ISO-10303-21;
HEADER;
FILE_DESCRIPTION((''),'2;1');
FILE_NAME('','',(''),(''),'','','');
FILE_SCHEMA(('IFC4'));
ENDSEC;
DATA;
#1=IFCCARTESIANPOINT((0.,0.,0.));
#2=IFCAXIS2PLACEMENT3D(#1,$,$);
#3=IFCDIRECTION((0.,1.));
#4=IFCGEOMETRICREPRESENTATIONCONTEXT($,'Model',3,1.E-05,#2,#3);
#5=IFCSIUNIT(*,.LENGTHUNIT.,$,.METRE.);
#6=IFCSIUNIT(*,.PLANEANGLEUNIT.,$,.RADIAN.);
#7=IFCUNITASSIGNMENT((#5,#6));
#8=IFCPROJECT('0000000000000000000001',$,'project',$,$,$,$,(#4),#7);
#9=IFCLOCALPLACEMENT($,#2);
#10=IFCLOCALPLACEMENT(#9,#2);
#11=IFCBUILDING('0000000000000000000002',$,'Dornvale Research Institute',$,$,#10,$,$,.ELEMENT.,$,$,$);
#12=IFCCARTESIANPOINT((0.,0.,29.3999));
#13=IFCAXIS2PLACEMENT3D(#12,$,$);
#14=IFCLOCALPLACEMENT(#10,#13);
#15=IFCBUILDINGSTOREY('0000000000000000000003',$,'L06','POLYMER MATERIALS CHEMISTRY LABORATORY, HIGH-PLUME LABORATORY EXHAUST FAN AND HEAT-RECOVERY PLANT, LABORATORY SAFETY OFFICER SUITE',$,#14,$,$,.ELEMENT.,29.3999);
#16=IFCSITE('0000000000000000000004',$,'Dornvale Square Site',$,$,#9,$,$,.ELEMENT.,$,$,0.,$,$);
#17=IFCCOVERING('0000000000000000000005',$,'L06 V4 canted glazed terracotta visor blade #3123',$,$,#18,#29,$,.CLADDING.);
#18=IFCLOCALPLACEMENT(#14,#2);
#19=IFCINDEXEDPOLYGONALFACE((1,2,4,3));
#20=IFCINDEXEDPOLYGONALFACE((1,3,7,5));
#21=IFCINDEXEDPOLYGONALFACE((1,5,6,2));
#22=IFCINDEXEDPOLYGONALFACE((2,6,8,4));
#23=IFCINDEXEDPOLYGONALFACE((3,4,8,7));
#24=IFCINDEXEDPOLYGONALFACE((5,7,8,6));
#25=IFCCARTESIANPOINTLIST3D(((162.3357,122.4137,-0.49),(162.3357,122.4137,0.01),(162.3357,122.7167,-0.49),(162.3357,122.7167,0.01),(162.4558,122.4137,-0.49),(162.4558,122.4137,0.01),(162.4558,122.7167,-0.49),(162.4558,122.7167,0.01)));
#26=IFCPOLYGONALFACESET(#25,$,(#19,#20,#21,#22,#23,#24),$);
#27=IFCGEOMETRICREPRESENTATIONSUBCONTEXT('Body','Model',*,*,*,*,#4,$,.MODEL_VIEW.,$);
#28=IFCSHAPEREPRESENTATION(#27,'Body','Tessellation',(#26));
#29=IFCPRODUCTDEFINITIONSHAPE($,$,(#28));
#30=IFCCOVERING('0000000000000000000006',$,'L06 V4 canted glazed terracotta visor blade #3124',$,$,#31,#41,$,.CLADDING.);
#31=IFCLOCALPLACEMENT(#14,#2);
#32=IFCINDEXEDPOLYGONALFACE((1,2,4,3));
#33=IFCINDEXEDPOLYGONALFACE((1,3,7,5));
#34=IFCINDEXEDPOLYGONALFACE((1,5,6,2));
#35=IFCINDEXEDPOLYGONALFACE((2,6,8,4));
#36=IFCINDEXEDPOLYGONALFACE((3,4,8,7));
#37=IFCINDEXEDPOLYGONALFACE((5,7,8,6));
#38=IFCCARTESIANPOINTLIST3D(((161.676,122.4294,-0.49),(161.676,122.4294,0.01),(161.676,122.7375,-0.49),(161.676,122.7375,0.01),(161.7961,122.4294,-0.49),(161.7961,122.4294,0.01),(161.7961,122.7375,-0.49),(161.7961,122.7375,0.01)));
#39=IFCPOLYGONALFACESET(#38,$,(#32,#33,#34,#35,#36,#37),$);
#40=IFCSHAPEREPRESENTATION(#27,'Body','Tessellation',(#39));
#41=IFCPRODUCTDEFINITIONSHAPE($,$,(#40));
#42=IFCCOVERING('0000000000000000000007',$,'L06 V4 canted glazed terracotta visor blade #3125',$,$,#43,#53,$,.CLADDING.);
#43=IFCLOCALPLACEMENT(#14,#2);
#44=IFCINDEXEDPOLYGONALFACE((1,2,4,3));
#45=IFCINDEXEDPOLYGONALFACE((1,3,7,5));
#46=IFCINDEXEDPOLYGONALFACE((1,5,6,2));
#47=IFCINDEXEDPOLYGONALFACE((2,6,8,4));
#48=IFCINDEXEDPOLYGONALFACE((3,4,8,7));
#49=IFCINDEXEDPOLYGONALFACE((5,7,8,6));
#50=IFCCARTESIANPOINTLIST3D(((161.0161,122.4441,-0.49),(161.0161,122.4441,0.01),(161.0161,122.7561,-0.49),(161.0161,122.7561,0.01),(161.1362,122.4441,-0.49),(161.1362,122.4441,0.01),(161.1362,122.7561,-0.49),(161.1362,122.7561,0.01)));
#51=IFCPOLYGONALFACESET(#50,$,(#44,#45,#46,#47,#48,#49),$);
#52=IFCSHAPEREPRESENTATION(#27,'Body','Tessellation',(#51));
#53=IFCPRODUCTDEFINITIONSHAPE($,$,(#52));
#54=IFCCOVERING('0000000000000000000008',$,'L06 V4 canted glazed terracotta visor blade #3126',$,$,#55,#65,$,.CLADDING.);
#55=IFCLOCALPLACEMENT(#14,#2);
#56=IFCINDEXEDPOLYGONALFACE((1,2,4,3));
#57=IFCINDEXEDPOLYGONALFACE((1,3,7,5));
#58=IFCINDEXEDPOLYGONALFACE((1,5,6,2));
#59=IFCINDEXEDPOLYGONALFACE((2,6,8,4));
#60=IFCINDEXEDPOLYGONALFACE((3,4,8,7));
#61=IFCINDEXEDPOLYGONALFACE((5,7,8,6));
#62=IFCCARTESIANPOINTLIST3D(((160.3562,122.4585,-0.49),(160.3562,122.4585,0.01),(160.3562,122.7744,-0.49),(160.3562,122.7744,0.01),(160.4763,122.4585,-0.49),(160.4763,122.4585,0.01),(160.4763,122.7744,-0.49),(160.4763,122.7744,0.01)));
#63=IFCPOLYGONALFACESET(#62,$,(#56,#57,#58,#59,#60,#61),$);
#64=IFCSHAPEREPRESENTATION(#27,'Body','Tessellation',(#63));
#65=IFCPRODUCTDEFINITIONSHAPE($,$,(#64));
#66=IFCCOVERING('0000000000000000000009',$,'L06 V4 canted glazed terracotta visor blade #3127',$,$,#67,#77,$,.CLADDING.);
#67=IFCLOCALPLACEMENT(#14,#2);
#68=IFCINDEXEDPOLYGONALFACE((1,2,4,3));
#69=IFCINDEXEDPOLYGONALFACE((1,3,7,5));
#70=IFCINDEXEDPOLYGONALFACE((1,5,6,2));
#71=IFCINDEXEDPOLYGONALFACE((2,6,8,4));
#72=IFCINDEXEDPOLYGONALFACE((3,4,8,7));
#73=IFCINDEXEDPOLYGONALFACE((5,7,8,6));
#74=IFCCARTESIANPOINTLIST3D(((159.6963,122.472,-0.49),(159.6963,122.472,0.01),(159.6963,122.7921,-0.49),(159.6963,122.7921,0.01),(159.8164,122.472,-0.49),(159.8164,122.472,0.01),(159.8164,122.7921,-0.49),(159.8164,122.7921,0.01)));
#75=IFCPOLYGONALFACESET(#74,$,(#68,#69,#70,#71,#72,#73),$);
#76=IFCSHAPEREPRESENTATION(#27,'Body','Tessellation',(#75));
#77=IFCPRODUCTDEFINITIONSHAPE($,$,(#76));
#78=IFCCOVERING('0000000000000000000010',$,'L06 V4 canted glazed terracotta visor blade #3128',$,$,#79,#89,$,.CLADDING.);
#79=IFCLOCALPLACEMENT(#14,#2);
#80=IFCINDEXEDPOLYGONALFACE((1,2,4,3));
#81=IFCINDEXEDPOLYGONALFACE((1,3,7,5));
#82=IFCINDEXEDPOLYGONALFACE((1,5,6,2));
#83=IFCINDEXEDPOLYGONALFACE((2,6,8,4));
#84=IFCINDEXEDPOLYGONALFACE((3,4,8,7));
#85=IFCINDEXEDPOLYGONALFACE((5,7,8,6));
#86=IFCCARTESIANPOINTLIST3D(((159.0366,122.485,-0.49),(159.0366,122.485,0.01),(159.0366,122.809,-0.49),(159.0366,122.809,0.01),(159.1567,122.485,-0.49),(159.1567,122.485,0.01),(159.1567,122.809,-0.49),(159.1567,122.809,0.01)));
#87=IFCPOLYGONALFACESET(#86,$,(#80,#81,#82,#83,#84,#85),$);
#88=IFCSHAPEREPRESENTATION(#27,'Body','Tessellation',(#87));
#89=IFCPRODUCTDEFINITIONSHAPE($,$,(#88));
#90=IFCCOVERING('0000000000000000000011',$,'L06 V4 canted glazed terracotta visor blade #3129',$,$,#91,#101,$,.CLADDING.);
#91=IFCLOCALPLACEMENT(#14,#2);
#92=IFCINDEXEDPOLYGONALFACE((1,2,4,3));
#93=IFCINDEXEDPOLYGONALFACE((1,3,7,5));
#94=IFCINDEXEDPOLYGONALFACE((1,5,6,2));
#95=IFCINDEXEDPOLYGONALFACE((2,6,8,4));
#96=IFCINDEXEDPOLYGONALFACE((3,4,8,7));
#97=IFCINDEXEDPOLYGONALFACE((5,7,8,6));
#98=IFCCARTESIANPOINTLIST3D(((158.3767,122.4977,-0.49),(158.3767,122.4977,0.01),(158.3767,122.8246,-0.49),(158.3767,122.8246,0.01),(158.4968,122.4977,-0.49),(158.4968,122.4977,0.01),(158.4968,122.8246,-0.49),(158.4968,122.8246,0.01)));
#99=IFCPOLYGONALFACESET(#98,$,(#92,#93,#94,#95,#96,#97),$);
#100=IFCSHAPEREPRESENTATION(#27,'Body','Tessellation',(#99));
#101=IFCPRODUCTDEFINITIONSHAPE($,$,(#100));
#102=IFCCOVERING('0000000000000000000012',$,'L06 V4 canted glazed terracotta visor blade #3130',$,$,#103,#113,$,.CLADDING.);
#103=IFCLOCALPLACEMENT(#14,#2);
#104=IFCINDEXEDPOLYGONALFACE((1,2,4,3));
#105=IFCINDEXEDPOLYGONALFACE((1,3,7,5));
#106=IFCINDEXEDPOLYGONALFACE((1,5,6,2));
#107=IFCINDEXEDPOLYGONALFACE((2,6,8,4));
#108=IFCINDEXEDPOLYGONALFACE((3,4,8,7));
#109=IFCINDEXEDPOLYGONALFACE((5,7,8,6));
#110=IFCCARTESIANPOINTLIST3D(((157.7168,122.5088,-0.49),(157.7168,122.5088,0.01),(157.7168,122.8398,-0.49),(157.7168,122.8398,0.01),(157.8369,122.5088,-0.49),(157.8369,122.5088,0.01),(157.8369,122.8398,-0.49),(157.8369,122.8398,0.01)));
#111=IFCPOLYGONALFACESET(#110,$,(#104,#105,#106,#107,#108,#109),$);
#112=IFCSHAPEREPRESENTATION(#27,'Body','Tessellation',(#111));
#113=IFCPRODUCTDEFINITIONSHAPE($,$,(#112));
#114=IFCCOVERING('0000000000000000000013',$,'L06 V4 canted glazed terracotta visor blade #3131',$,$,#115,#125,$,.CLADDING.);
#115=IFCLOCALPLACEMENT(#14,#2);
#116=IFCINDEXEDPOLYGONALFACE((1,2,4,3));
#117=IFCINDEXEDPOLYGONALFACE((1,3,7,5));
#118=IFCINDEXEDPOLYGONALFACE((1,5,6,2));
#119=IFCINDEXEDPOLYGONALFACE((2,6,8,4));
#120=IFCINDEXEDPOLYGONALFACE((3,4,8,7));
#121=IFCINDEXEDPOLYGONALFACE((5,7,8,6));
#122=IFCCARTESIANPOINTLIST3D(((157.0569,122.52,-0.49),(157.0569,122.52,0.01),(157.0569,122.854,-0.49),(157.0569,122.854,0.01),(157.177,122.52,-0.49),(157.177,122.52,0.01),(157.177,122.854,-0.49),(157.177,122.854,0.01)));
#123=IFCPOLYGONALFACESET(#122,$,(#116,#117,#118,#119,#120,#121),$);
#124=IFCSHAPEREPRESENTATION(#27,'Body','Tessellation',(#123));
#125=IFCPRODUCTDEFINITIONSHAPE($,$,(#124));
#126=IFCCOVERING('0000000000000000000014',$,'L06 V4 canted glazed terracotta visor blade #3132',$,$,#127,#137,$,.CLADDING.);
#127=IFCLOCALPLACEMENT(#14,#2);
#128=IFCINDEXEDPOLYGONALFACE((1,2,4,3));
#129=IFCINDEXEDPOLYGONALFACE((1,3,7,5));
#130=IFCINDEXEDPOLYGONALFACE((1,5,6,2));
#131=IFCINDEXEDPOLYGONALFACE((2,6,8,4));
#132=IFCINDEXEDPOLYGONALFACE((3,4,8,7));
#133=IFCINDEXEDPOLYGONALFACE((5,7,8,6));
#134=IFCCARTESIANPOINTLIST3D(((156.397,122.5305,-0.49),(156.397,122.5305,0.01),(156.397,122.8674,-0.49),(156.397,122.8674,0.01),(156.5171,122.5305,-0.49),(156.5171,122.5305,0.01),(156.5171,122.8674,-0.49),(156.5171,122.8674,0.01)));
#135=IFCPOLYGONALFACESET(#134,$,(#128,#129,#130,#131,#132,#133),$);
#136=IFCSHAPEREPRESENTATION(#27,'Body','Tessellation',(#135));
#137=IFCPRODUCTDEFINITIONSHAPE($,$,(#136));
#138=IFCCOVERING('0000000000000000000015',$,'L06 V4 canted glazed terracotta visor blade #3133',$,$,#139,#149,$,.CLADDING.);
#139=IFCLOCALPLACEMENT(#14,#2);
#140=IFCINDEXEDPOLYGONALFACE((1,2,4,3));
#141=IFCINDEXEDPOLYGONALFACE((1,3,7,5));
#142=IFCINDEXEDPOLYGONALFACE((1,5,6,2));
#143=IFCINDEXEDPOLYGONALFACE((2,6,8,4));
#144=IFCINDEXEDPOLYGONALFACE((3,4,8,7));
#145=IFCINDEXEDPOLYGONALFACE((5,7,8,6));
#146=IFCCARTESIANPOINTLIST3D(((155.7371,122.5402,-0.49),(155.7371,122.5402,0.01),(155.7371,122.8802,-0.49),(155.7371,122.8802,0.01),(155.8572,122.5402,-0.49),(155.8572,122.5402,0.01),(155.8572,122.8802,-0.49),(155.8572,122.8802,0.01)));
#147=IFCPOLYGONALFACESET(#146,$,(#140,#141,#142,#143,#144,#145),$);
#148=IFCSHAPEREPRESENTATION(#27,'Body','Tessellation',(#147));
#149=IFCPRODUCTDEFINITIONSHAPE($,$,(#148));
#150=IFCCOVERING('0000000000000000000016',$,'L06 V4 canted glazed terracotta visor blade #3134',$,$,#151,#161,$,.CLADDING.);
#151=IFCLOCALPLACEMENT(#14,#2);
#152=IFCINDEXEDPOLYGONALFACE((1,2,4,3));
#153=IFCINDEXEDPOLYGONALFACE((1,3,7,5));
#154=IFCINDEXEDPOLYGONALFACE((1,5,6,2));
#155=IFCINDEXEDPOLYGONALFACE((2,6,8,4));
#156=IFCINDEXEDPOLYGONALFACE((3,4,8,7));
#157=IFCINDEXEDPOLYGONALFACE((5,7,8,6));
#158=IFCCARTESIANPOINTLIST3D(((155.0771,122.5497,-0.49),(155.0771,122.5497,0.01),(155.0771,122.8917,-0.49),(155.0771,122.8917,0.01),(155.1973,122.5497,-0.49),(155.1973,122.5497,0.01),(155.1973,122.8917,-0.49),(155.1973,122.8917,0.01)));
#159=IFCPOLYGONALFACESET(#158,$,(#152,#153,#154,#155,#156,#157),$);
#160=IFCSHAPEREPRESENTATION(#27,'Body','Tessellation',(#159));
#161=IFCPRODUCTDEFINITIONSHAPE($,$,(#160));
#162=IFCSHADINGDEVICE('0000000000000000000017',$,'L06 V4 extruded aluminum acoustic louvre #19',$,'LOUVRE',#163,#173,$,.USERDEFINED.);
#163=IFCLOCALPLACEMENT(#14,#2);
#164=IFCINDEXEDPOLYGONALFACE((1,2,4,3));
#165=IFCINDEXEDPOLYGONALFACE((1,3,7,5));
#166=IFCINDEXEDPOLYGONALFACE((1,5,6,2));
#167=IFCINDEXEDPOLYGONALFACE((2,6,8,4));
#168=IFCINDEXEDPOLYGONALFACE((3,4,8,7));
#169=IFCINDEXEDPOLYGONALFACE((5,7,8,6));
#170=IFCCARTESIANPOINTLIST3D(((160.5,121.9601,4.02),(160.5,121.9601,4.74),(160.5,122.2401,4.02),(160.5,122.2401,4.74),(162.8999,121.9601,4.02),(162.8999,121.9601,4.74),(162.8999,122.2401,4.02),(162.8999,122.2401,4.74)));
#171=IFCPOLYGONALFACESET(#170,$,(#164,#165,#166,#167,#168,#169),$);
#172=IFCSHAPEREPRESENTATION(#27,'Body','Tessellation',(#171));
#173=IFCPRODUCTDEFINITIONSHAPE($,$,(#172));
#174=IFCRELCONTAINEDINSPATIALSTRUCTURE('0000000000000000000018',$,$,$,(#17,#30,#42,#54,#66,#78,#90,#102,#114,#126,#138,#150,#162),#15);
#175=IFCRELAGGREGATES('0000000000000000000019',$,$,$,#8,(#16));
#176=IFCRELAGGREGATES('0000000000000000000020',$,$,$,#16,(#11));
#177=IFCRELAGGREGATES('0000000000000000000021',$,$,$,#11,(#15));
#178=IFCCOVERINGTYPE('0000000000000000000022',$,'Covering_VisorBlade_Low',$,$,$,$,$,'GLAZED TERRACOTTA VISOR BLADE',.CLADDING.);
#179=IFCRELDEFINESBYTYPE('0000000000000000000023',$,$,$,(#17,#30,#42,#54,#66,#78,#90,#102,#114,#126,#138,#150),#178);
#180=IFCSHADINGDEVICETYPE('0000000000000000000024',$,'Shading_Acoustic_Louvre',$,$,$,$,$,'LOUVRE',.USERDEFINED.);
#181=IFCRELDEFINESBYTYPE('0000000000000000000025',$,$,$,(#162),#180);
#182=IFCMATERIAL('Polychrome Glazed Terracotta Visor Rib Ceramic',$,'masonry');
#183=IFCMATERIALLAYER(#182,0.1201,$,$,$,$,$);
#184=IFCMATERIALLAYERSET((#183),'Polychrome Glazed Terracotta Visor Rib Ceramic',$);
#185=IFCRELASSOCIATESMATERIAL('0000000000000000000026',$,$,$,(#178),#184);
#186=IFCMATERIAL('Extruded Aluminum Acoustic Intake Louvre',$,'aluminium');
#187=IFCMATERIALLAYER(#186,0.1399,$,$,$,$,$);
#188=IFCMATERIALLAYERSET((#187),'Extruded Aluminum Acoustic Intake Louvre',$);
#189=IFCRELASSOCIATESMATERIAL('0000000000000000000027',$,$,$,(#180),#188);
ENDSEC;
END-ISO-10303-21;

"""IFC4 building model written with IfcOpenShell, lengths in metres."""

from ifc_helpers import new_model, si_unit, direction, frame, origin, origin_2d, place, context, subcontext, project, spatial, rectangle, extrude, material, layer, layer_set, type_object, element, save


model = new_model("IFC4")

# Units and contexts
model_context = context("Model", 3, precision=1e-05, world=origin(), true_north=direction((0.0, 1.0)))
body_context = subcontext(model_context, "Body", "Model", "MODEL_VIEW")
ifc_project = project(units=[si_unit("LENGTHUNIT", "METRE"), si_unit("PLANEANGLEUNIT", "RADIAN")], contexts=[model_context])

# Site, building, storey
site_placement = place(None, origin())
site = spatial("IfcSite", under=ifc_project, at=site_placement, Name="Dornvale Square Site", CompositionType="ELEMENT", RefElevation=0.0)
building_placement = place(site_placement, origin())
building = spatial("IfcBuilding", under=site, at=building_placement, Name="Dornvale Research Institute", CompositionType="ELEMENT")
storey_placement = place(building_placement, frame((0.0, 0.0, 29.3999)))
storey = spatial("IfcBuildingStorey", under=building, at=storey_placement, Name="L06", Description="POLYMER MATERIALS CHEMISTRY LABORATORY, HIGH-PLUME LABORATORY EXHAUST FAN AND HEAT-RECOVERY PLANT, LABORATORY SAFETY OFFICER SUITE", CompositionType="ELEMENT", Elevation=29.3999)

# Coverings
ifc_material_1 = material(Name="Polychrome Glazed Terracotta Visor Rib Ceramic", Category="masonry")
ifc_layer_1 = layer(ifc_material_1, 0.1201)
ifc_layer_set_1 = layer_set([ifc_layer_1], Name="Polychrome Glazed Terracotta Visor Rib Ceramic")
covering_type = type_object("IfcCoveringType", Name="Covering_VisorBlade_Low", ElementType="GLAZED TERRACOTTA VISOR BLADE", PredefinedType="CLADDING", material=ifc_layer_set_1)
covering_1_placement = place(storey_placement, frame((162.3958, 122.5652, -0.49), z_axis=(0.0, 0.0, 1.0), x_axis=(0.0, 1.0, 0.0)))
element("IfcCovering", 1, at=covering_1_placement, inside=storey, type_object=covering_type, Name="L06 V4 canted glazed terracotta visor blade #3123", PredefinedType="CLADDING", context=body_context, shape_type="SweptSolid", body=[
    extrude(rectangle(XDim=0.303, YDim=0.1201, at=origin_2d()), origin(), (0.0, 0.0, 1.0), 0.5),
])
covering_2_placement = place(storey_placement, frame((161.7361, 122.5835, -0.49), z_axis=(0.0, 0.0, 1.0), x_axis=(0.0, 1.0, 0.0)))
element("IfcCovering", 2, at=covering_2_placement, inside=storey, type_object=covering_type, Name="L06 V4 canted glazed terracotta visor blade #3124", PredefinedType="CLADDING", context=body_context, shape_type="SweptSolid", body=[
    extrude(rectangle(XDim=0.3081, YDim=0.1201, at=origin_2d()), origin(), (0.0, 0.0, 1.0), 0.5),
])
covering_3_placement = place(storey_placement, frame((161.0762, 122.6001, -0.49), z_axis=(0.0, 0.0, 1.0), x_axis=(0.0, 1.0, 0.0)))
element("IfcCovering", 3, at=covering_3_placement, inside=storey, type_object=covering_type, Name="L06 V4 canted glazed terracotta visor blade #3125", PredefinedType="CLADDING", context=body_context, shape_type="SweptSolid", body=[
    extrude(rectangle(XDim=0.312, YDim=0.1201, at=origin_2d()), origin(), (0.0, 0.0, 1.0), 0.5),
])
covering_4_placement = place(storey_placement, frame((160.4163, 122.6165, -0.49), z_axis=(0.0, 0.0, 1.0), x_axis=(0.0, 1.0, 0.0)))
element("IfcCovering", 4, at=covering_4_placement, inside=storey, type_object=covering_type, Name="L06 V4 canted glazed terracotta visor blade #3126", PredefinedType="CLADDING", context=body_context, shape_type="SweptSolid", body=[
    extrude(rectangle(XDim=0.3159, YDim=0.1201, at=origin_2d()), origin(), (0.0, 0.0, 1.0), 0.5),
])
covering_5_placement = place(storey_placement, frame((159.7563, 122.6321, -0.49), z_axis=(0.0, 0.0, 1.0), x_axis=(0.0, 1.0, 0.0)))
element("IfcCovering", 5, at=covering_5_placement, inside=storey, type_object=covering_type, Name="L06 V4 canted glazed terracotta visor blade #3127", PredefinedType="CLADDING", context=body_context, shape_type="SweptSolid", body=[
    extrude(rectangle(XDim=0.3201, YDim=0.1201, at=origin_2d()), origin(), (0.0, 0.0, 1.0), 0.5),
])
covering_6_placement = place(storey_placement, frame((159.0967, 122.647, -0.49), z_axis=(0.0, 0.0, 1.0), x_axis=(0.0, 1.0, 0.0)))
element("IfcCovering", 6, at=covering_6_placement, inside=storey, type_object=covering_type, Name="L06 V4 canted glazed terracotta visor blade #3128", PredefinedType="CLADDING", context=body_context, shape_type="SweptSolid", body=[
    extrude(rectangle(XDim=0.324, YDim=0.1201, at=origin_2d()), origin(), (0.0, 0.0, 1.0), 0.5),
])
covering_7_placement = place(storey_placement, frame((158.4368, 122.6611, -0.49), z_axis=(0.0, 0.0, 1.0), x_axis=(0.0, 1.0, 0.0)))
element("IfcCovering", 7, at=covering_7_placement, inside=storey, type_object=covering_type, Name="L06 V4 canted glazed terracotta visor blade #3129", PredefinedType="CLADDING", context=body_context, shape_type="SweptSolid", body=[
    extrude(rectangle(XDim=0.3269, YDim=0.1201, at=origin_2d()), origin(), (0.0, 0.0, 1.0), 0.5),
])
covering_8_placement = place(storey_placement, frame((157.7769, 122.6743, -0.49), z_axis=(0.0, 0.0, 1.0), x_axis=(0.0, 1.0, 0.0)))
element("IfcCovering", 8, at=covering_8_placement, inside=storey, type_object=covering_type, Name="L06 V4 canted glazed terracotta visor blade #3130", PredefinedType="CLADDING", context=body_context, shape_type="SweptSolid", body=[
    extrude(rectangle(XDim=0.3311, YDim=0.1201, at=origin_2d()), origin(), (0.0, 0.0, 1.0), 0.5),
])
covering_9_placement = place(storey_placement, frame((157.1169, 122.687, -0.49), z_axis=(0.0, 0.0, 1.0), x_axis=(0.0, 1.0, 0.0)))
element("IfcCovering", 9, at=covering_9_placement, inside=storey, type_object=covering_type, Name="L06 V4 canted glazed terracotta visor blade #3131", PredefinedType="CLADDING", context=body_context, shape_type="SweptSolid", body=[
    extrude(rectangle(XDim=0.334, YDim=0.1201, at=origin_2d()), origin(), (0.0, 0.0, 1.0), 0.5),
])
covering_10_placement = place(storey_placement, frame((156.457, 122.699, -0.49), z_axis=(0.0, 0.0, 1.0), x_axis=(0.0, 1.0, 0.0)))
element("IfcCovering", 10, at=covering_10_placement, inside=storey, type_object=covering_type, Name="L06 V4 canted glazed terracotta visor blade #3132", PredefinedType="CLADDING", context=body_context, shape_type="SweptSolid", body=[
    extrude(rectangle(XDim=0.3369, YDim=0.1201, at=origin_2d()), origin(), (0.0, 0.0, 1.0), 0.5),
])
covering_11_placement = place(storey_placement, frame((155.7971, 122.7102, -0.49), z_axis=(0.0, 0.0, 1.0), x_axis=(0.0, 1.0, 0.0)))
element("IfcCovering", 11, at=covering_11_placement, inside=storey, type_object=covering_type, Name="L06 V4 canted glazed terracotta visor blade #3133", PredefinedType="CLADDING", context=body_context, shape_type="SweptSolid", body=[
    extrude(rectangle(XDim=0.3401, YDim=0.1201, at=origin_2d()), origin(), (0.0, 0.0, 1.0), 0.5),
])
covering_12_placement = place(storey_placement, frame((155.1372, 122.7207, -0.49), z_axis=(0.0, 0.0, 1.0), x_axis=(0.0, 1.0, 0.0)))
element("IfcCovering", 12, at=covering_12_placement, inside=storey, type_object=covering_type, Name="L06 V4 canted glazed terracotta visor blade #3134", PredefinedType="CLADDING", context=body_context, shape_type="SweptSolid", body=[
    extrude(rectangle(XDim=0.342, YDim=0.1201, at=origin_2d()), origin(), (0.0, 0.0, 1.0), 0.5),
])

# Shading device
ifc_material_2 = material(Name="Extruded Aluminum Acoustic Intake Louvre", Category="aluminium")
ifc_layer_2 = layer(ifc_material_2, 0.1399)
ifc_layer_set_2 = layer_set([ifc_layer_2], Name="Extruded Aluminum Acoustic Intake Louvre")
shading_device_type = type_object("IfcShadingDeviceType", Name="Shading_Acoustic_Louvre", ElementType="LOUVRE", PredefinedType="USERDEFINED", material=ifc_layer_set_2)
shading_device_placement = place(storey_placement, frame((161.7, 122.1001, 4.02), z_axis=(0.0, 0.0, 1.0), x_axis=(1.0, 0.0, 0.0)))
element("IfcShadingDevice", 13, at=shading_device_placement, inside=storey, type_object=shading_device_type, Name="L06 V4 extruded aluminum acoustic louvre #19", ObjectType="LOUVRE", PredefinedType="USERDEFINED", context=body_context, shape_type="SweptSolid", body=[
    extrude(rectangle(XDim=2.3999, YDim=0.28, at=origin_2d()), origin(), (0.0, 0.0, 1.0), 0.72),
])

save(model, "model.ifc")
